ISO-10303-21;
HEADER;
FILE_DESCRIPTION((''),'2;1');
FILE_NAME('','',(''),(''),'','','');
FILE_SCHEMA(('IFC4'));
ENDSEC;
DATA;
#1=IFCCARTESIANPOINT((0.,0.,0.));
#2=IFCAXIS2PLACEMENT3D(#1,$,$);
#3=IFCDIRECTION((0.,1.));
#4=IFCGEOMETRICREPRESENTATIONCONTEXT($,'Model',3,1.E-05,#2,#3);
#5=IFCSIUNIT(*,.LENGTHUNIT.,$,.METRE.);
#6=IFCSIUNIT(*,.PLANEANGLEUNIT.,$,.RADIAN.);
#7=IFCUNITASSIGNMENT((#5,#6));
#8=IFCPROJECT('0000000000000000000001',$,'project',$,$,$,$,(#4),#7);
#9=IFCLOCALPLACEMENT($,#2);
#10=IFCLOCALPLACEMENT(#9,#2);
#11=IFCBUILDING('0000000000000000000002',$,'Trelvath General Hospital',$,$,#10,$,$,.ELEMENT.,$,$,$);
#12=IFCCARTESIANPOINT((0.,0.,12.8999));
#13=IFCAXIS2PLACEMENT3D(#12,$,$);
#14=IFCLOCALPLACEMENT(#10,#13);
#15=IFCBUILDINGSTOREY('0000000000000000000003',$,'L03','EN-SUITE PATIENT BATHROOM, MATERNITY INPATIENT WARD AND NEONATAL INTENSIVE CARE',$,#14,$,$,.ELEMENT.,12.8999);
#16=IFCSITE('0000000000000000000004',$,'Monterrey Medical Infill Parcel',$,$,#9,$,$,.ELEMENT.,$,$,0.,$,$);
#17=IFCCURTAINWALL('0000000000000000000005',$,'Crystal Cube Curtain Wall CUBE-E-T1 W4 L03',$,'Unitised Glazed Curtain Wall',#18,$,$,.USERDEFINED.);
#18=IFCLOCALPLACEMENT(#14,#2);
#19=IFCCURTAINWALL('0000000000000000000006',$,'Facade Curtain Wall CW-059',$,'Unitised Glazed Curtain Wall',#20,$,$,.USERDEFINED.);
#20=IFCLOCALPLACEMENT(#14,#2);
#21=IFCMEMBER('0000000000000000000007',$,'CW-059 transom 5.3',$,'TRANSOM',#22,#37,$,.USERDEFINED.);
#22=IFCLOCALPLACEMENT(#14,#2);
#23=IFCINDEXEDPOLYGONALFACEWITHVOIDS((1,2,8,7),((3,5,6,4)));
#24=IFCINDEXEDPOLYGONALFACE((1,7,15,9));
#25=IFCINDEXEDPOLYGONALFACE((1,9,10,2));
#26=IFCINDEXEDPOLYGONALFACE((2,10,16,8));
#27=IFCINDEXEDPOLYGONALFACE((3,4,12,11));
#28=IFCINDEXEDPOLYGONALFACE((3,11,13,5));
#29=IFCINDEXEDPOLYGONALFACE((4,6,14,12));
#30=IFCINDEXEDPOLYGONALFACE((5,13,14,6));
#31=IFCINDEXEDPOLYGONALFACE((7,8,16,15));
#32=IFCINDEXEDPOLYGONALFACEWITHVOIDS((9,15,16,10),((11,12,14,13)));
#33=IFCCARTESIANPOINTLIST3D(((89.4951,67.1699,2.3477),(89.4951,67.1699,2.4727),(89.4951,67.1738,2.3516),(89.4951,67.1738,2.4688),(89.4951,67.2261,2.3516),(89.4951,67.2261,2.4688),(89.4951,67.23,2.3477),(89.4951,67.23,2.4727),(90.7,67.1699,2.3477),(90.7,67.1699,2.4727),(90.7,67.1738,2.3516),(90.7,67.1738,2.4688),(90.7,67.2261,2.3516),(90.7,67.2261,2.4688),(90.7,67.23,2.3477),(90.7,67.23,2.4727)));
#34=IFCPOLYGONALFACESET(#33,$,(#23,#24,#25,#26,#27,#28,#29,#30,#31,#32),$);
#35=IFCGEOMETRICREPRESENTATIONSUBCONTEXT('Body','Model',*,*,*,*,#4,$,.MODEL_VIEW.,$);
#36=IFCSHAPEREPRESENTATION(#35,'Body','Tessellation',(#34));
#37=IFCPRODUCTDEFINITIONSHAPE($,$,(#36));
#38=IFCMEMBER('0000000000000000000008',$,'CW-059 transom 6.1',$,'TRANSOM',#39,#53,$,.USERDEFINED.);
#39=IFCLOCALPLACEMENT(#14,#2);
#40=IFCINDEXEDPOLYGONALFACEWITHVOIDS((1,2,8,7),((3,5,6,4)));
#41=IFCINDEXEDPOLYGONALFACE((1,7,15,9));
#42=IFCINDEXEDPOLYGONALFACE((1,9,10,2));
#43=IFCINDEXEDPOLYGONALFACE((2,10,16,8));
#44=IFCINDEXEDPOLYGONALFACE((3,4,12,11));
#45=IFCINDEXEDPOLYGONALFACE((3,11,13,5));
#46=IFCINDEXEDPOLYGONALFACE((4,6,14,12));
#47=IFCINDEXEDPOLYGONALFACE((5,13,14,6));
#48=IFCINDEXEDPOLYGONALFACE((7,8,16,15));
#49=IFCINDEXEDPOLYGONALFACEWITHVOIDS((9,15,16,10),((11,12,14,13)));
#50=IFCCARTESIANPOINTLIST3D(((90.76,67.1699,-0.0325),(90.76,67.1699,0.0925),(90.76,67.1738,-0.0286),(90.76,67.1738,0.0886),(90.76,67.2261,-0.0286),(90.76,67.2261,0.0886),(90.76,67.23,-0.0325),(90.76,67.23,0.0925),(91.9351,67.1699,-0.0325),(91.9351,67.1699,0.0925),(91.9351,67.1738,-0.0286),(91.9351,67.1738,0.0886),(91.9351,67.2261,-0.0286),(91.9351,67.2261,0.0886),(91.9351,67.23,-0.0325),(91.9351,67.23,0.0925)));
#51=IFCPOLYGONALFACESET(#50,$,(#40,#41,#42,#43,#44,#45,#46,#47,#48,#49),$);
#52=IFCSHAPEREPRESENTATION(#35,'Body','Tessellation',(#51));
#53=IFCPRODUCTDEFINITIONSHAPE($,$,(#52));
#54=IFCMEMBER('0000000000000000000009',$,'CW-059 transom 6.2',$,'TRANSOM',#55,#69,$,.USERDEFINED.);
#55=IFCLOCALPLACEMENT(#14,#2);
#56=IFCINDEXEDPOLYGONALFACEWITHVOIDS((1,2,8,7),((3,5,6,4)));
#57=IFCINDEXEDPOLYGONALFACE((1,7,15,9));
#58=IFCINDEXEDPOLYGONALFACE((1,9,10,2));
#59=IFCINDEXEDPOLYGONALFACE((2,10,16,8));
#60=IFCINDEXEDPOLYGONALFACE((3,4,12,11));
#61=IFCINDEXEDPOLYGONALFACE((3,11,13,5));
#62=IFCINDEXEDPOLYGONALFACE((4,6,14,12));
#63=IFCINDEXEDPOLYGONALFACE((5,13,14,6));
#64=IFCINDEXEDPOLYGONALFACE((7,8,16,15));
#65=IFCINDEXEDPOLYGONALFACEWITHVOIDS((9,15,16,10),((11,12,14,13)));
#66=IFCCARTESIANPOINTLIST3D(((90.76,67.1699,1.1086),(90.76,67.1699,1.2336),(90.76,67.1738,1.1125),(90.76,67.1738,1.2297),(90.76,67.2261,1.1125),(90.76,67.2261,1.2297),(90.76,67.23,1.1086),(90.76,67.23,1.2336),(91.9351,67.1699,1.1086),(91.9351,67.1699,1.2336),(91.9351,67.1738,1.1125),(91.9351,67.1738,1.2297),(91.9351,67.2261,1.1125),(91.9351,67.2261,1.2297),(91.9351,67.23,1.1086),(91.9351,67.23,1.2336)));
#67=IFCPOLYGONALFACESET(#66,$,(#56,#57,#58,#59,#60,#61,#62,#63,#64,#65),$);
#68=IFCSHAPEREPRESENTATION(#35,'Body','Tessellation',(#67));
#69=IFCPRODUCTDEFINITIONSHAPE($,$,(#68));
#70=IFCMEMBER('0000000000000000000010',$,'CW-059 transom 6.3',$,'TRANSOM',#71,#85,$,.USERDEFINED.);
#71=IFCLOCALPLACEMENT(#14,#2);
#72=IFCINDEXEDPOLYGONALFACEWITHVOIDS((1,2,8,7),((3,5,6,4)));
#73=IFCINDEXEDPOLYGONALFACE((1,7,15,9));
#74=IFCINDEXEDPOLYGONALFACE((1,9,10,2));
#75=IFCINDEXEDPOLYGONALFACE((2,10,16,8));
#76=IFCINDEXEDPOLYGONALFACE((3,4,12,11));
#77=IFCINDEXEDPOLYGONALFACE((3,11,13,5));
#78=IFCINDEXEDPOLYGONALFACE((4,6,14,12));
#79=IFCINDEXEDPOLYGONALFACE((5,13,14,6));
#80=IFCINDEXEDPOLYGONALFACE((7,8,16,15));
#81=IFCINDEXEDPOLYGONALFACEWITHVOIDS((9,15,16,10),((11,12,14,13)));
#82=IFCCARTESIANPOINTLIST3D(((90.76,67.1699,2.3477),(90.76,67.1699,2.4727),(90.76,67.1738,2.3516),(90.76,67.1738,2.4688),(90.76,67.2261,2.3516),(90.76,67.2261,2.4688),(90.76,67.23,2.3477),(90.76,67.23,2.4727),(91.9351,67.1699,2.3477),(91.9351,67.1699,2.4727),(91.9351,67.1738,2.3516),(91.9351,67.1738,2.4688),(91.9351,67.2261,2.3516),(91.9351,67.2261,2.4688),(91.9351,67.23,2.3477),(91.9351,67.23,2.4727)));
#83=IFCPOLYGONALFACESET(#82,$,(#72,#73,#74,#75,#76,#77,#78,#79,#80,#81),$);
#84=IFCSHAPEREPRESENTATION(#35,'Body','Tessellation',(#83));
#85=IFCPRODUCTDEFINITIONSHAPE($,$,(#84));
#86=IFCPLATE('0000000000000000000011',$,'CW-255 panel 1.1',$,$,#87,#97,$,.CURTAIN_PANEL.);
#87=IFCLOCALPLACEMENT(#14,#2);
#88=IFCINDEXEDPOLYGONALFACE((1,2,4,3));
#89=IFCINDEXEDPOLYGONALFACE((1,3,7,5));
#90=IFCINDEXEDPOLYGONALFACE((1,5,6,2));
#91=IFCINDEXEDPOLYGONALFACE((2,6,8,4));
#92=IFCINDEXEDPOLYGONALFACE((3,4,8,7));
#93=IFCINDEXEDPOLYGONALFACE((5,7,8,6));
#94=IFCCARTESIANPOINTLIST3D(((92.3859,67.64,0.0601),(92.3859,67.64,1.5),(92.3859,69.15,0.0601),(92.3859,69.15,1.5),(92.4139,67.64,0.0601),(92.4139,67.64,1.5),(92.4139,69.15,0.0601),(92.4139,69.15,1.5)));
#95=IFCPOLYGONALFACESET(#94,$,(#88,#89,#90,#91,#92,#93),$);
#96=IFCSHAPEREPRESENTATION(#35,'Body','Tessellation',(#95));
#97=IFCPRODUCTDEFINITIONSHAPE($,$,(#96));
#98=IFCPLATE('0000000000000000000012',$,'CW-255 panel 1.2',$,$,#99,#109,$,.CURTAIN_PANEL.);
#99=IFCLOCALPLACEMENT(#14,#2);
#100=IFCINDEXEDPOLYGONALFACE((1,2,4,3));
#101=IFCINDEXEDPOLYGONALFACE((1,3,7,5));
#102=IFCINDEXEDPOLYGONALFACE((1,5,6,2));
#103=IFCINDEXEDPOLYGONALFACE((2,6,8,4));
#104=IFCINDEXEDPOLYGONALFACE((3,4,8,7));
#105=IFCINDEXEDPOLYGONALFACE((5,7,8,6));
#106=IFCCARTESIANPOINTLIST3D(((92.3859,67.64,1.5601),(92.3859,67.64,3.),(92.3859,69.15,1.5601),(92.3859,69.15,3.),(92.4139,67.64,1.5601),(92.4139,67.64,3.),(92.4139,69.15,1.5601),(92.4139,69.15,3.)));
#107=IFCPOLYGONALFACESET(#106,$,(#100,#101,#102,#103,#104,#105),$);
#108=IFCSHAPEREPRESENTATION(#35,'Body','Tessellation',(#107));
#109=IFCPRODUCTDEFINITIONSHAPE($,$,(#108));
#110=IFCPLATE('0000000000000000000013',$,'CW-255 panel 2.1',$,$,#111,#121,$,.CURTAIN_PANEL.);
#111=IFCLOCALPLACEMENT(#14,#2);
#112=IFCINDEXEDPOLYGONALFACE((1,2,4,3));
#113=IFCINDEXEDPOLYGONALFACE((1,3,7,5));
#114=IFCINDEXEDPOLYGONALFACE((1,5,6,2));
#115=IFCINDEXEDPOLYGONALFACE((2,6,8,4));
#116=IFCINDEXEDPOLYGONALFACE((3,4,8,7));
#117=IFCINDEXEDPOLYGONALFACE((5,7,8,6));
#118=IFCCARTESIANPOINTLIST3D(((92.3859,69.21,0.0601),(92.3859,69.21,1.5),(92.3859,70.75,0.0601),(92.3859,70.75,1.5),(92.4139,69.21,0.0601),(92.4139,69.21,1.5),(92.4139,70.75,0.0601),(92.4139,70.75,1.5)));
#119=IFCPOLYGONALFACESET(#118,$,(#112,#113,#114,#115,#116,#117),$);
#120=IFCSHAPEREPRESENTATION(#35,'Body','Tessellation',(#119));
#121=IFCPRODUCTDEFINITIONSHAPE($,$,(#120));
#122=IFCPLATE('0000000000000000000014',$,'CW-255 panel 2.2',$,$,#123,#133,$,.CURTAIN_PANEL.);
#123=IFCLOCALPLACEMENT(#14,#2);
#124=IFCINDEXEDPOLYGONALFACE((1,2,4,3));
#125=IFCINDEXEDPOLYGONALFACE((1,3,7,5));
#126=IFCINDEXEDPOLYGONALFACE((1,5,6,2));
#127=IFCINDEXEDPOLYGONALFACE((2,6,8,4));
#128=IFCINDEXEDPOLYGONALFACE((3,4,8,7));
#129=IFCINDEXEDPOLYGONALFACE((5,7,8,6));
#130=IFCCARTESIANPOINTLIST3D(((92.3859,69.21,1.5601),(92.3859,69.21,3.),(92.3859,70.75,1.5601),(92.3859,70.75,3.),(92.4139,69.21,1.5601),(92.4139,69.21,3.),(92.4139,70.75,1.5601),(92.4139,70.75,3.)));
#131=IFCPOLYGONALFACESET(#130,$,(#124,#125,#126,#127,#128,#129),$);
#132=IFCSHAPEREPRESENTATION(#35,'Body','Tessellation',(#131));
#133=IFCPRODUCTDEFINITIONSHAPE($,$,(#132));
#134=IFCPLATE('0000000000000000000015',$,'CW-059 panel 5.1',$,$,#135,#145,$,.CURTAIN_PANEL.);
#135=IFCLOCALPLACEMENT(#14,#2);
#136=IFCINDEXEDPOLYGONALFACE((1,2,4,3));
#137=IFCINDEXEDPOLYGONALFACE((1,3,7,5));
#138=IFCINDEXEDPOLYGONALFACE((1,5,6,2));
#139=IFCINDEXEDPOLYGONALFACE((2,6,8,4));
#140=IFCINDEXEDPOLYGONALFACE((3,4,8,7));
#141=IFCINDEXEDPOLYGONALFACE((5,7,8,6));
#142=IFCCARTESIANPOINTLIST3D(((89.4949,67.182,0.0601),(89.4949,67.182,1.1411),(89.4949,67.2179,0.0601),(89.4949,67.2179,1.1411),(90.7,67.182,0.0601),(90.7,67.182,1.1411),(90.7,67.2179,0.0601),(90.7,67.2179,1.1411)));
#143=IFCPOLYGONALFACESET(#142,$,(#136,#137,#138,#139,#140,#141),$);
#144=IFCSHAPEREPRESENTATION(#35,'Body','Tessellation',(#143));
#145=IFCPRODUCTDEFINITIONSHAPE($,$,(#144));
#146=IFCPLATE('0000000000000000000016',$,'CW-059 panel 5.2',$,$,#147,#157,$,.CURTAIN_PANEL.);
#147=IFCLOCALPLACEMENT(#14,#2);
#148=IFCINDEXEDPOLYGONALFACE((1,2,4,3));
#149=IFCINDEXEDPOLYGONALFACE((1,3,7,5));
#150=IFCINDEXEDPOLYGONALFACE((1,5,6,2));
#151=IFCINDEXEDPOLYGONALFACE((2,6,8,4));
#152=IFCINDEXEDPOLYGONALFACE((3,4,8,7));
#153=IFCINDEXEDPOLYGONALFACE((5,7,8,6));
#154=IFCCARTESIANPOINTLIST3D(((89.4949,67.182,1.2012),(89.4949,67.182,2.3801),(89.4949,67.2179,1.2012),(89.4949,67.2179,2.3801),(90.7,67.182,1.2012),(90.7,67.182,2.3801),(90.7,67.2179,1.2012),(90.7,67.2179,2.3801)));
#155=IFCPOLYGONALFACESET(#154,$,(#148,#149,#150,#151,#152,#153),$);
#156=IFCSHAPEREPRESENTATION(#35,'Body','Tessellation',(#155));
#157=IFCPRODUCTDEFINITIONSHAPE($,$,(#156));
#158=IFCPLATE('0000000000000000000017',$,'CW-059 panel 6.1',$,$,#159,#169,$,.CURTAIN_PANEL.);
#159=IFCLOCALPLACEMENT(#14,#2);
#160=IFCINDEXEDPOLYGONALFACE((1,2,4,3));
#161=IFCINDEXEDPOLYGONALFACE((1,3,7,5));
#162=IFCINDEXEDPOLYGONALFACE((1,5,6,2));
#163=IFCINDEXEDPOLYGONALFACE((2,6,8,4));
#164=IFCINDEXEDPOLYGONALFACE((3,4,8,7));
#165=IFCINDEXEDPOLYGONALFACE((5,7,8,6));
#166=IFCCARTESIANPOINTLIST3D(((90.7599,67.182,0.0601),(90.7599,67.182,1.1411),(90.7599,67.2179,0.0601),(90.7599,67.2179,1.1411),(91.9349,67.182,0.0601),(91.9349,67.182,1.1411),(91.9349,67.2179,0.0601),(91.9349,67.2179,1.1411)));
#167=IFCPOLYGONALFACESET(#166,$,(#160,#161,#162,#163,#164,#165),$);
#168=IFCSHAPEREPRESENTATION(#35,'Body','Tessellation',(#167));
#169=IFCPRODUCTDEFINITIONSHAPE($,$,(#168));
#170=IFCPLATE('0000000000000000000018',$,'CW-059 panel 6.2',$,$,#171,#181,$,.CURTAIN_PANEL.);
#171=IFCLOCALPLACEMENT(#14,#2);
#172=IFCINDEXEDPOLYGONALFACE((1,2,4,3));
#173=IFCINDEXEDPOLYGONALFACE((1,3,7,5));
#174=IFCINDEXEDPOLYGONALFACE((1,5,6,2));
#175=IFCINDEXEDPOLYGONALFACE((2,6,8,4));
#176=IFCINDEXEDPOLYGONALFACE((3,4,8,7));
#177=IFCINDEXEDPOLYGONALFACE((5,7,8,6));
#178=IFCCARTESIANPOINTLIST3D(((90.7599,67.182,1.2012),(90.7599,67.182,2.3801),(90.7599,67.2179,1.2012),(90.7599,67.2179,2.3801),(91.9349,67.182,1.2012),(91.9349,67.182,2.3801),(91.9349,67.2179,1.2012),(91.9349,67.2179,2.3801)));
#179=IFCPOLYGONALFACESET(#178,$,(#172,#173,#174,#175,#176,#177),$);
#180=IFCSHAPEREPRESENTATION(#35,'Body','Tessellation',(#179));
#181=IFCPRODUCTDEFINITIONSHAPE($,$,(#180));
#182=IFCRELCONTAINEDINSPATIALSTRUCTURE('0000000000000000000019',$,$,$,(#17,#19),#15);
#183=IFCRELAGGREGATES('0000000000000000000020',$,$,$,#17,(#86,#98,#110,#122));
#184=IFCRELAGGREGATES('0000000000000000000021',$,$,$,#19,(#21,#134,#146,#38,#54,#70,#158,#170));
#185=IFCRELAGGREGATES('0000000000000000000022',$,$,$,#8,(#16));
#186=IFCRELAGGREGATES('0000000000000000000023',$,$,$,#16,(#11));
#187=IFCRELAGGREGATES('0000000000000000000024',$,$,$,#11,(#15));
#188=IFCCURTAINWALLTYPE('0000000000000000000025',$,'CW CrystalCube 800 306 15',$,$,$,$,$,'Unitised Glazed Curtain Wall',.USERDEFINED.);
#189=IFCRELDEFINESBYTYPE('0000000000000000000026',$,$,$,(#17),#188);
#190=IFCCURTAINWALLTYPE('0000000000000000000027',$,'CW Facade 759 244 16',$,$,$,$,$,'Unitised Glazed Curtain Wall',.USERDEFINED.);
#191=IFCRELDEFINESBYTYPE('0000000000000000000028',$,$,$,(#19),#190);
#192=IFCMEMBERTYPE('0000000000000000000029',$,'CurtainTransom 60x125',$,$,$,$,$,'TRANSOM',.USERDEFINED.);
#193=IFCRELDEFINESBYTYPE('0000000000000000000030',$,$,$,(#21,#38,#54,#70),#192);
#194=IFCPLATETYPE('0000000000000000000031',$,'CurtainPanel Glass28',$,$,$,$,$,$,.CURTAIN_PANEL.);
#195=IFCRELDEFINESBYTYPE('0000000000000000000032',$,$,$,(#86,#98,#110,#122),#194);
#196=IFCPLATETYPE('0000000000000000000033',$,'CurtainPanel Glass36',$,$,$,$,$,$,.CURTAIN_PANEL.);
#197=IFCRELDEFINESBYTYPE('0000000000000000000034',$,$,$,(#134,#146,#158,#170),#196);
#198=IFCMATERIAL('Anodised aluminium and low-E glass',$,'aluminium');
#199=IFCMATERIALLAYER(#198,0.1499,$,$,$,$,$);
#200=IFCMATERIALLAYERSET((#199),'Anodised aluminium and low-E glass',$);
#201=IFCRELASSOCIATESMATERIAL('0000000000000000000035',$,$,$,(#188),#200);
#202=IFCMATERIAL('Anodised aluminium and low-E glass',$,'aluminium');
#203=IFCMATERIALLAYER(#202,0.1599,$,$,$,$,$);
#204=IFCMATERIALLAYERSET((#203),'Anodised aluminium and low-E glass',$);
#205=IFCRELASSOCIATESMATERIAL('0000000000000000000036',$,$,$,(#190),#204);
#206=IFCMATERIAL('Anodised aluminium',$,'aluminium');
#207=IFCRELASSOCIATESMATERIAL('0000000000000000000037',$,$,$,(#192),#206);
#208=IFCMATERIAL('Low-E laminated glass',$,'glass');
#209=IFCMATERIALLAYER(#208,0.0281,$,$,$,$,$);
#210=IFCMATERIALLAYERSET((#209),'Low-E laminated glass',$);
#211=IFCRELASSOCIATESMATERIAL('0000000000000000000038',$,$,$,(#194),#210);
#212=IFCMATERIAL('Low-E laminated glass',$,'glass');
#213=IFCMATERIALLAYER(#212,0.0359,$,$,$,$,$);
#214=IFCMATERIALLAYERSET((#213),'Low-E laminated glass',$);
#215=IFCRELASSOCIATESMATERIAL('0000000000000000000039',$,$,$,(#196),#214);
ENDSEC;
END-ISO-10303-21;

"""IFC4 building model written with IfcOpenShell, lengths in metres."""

from ifc_helpers import new_model, si_unit, direction, frame, origin, origin_2d, place, context, subcontext, project, spatial, rectangle, hollow_rectangle, extrude, material, layer, layer_set, material_profile, profile_set, type_object, element, aggregate, save


model = new_model("IFC4")

# Units and contexts
model_context = context("Model", 3, precision=1e-05, world=origin(), true_north=direction((0.0, 1.0)))
body_context = subcontext(model_context, "Body", "Model", "MODEL_VIEW")
ifc_project = project(units=[si_unit("LENGTHUNIT", "METRE"), si_unit("PLANEANGLEUNIT", "RADIAN")], contexts=[model_context])

# Site, building, storey
site_placement = place(None, origin())
site = spatial("IfcSite", under=ifc_project, at=site_placement, Name="Monterrey Medical Infill Parcel", CompositionType="ELEMENT", RefElevation=0.0)
building_placement = place(site_placement, origin())
building = spatial("IfcBuilding", under=site, at=building_placement, Name="Trelvath General Hospital", CompositionType="ELEMENT")
storey_placement = place(building_placement, frame((0.0, 0.0, 12.8999)))
storey = spatial("IfcBuildingStorey", under=building, at=storey_placement, Name="L03", Description="EN-SUITE PATIENT BATHROOM, MATERNITY INPATIENT WARD AND NEONATAL INTENSIVE CARE", CompositionType="ELEMENT", Elevation=12.8999)

# Curtain walls
ifc_material_1 = material(Name="Anodised aluminium and low-E glass", Category="aluminium")
ifc_layer_1 = layer(ifc_material_1, 0.1499)
ifc_layer_set_1 = layer_set([ifc_layer_1], Name="Anodised aluminium and low-E glass")
curtain_wall_type_1 = type_object("IfcCurtainWallType", Name="CW CrystalCube 800 306 15", ElementType="Unitised Glazed Curtain Wall", PredefinedType="USERDEFINED", material=ifc_layer_set_1)
curtain_wall_1_placement = place(storey_placement, origin())
curtain_wall_1 = element("IfcCurtainWall", 1, at=curtain_wall_1_placement, inside=storey, type_object=curtain_wall_type_1, Name="Crystal Cube Curtain Wall CUBE-E-T1 W4 L03", ObjectType="Unitised Glazed Curtain Wall", PredefinedType="USERDEFINED")
ifc_material_2 = material(Name="Anodised aluminium and low-E glass", Category="aluminium")
ifc_layer_2 = layer(ifc_material_2, 0.1599)
ifc_layer_set_2 = layer_set([ifc_layer_2], Name="Anodised aluminium and low-E glass")
curtain_wall_type_2 = type_object("IfcCurtainWallType", Name="CW Facade 759 244 16", ElementType="Unitised Glazed Curtain Wall", PredefinedType="USERDEFINED", material=ifc_layer_set_2)
curtain_wall_2_placement = place(storey_placement, origin())
curtain_wall_2 = element("IfcCurtainWall", 2, at=curtain_wall_2_placement, inside=storey, type_object=curtain_wall_type_2, Name="Facade Curtain Wall CW-059", ObjectType="Unitised Glazed Curtain Wall", PredefinedType="USERDEFINED")

# Members
ifc_material_3 = material(Name="Anodised aluminium", Category="aluminium")
ifc_material_profile_1 = material_profile(ifc_material_3, hollow_rectangle(XDim=0.0601, YDim=0.125, WallThickness=0.0039, at=origin_2d()), Name="RHS60x125x4")
ifc_profile_set_1 = profile_set([ifc_material_profile_1], Name="Anodised aluminium")
member_type_1 = type_object("IfcMemberType", Name="CurtainTransom 60x125", ElementType="TRANSOM", PredefinedType="USERDEFINED", material=ifc_profile_set_1)
member_1_placement = place(storey_placement, frame((89.4951, 67.2, 2.4102), z_axis=(1.0, 0.0, 0.0), x_axis=(0.0, 1.0, 0.0)))
member_1 = element("IfcMember", 3, at=member_1_placement, type_object=member_type_1, Name="CW-059 transom 5.3", ObjectType="TRANSOM", PredefinedType="USERDEFINED", context=body_context, shape_type="SweptSolid", body=[
    extrude(hollow_rectangle(XDim=0.0601, YDim=0.125, WallThickness=0.0039, at=origin_2d()), origin(), (0.0, 0.0, 1.0), 1.2048),
])
member_2_placement = place(storey_placement, frame((90.76, 67.2, 0.03), z_axis=(1.0, 0.0, 0.0), x_axis=(0.0, 1.0, 0.0)))
member_2 = element("IfcMember", 4, at=member_2_placement, type_object=member_type_1, Name="CW-059 transom 6.1", ObjectType="TRANSOM", PredefinedType="USERDEFINED", context=body_context, shape_type="SweptSolid", body=[
    extrude(hollow_rectangle(XDim=0.0601, YDim=0.125, WallThickness=0.0039, at=origin_2d()), origin(), (0.0, 0.0, 1.0), 1.175),
])
member_3_placement = place(storey_placement, frame((90.76, 67.2, 1.1711), z_axis=(1.0, 0.0, 0.0), x_axis=(0.0, 1.0, 0.0)))
member_3 = element("IfcMember", 5, at=member_3_placement, type_object=member_type_1, Name="CW-059 transom 6.2", ObjectType="TRANSOM", PredefinedType="USERDEFINED", context=body_context, shape_type="SweptSolid", body=[
    extrude(hollow_rectangle(XDim=0.0601, YDim=0.125, WallThickness=0.0039, at=origin_2d()), origin(), (0.0, 0.0, 1.0), 1.175),
])
member_4_placement = place(storey_placement, frame((90.76, 67.2, 2.4102), z_axis=(1.0, 0.0, 0.0), x_axis=(0.0, 1.0, 0.0)))
member_4 = element("IfcMember", 6, at=member_4_placement, type_object=member_type_1, Name="CW-059 transom 6.3", ObjectType="TRANSOM", PredefinedType="USERDEFINED", context=body_context, shape_type="SweptSolid", body=[
    extrude(hollow_rectangle(XDim=0.0601, YDim=0.125, WallThickness=0.0039, at=origin_2d()), origin(), (0.0, 0.0, 1.0), 1.175),
])

# Plates
ifc_material_4 = material(Name="Low-E laminated glass", Category="glass")
ifc_layer_3 = layer(ifc_material_4, 0.0281)
ifc_layer_set_3 = layer_set([ifc_layer_3], Name="Low-E laminated glass")
plate_type_1 = type_object("IfcPlateType", Name="CurtainPanel Glass28", PredefinedType="CURTAIN_PANEL", material=ifc_layer_set_3)
plate_1_placement = place(storey_placement, frame((92.3999, 68.395, 0.0601), z_axis=(0.0, 0.0, 1.0), x_axis=(0.0, 1.0, 0.0)))
plate_1 = element("IfcPlate", 7, at=plate_1_placement, type_object=plate_type_1, Name="CW-255 panel 1.1", PredefinedType="CURTAIN_PANEL", context=body_context, shape_type="SweptSolid", body=[
    extrude(rectangle(XDim=1.51, YDim=0.0281, at=origin_2d()), origin(), (0.0, 0.0, 1.0), 1.4399),
])
plate_2_placement = place(storey_placement, frame((92.3999, 68.395, 1.5601), z_axis=(0.0, 0.0, 1.0), x_axis=(0.0, 1.0, 0.0)))
plate_2 = element("IfcPlate", 8, at=plate_2_placement, type_object=plate_type_1, Name="CW-255 panel 1.2", PredefinedType="CURTAIN_PANEL", context=body_context, shape_type="SweptSolid", body=[
    extrude(rectangle(XDim=1.51, YDim=0.0281, at=origin_2d()), origin(), (0.0, 0.0, 1.0), 1.4399),
])
plate_3_placement = place(storey_placement, frame((92.3999, 69.98, 0.0601), z_axis=(0.0, 0.0, 1.0), x_axis=(0.0, 1.0, 0.0)))
plate_3 = element("IfcPlate", 9, at=plate_3_placement, type_object=plate_type_1, Name="CW-255 panel 2.1", PredefinedType="CURTAIN_PANEL", context=body_context, shape_type="SweptSolid", body=[
    extrude(rectangle(XDim=1.54, YDim=0.0281, at=origin_2d()), origin(), (0.0, 0.0, 1.0), 1.4399),
])
plate_4_placement = place(storey_placement, frame((92.3999, 69.98, 1.5601), z_axis=(0.0, 0.0, 1.0), x_axis=(0.0, 1.0, 0.0)))
plate_4 = element("IfcPlate", 10, at=plate_4_placement, type_object=plate_type_1, Name="CW-255 panel 2.2", PredefinedType="CURTAIN_PANEL", context=body_context, shape_type="SweptSolid", body=[
    extrude(rectangle(XDim=1.54, YDim=0.0281, at=origin_2d()), origin(), (0.0, 0.0, 1.0), 1.4399),
])
aggregate(curtain_wall_1, [plate_1, plate_2, plate_3, plate_4])
ifc_material_5 = material(Name="Low-E laminated glass", Category="glass")
ifc_layer_4 = layer(ifc_material_5, 0.0359)
ifc_layer_set_4 = layer_set([ifc_layer_4], Name="Low-E laminated glass")
plate_type_2 = type_object("IfcPlateType", Name="CurtainPanel Glass36", PredefinedType="CURTAIN_PANEL", material=ifc_layer_set_4)
plate_5_placement = place(storey_placement, frame((90.0974, 67.2, 0.0601), z_axis=(0.0, 0.0, 1.0), x_axis=(1.0, 0.0, 0.0)))
plate_5 = element("IfcPlate", 11, at=plate_5_placement, type_object=plate_type_2, Name="CW-059 panel 5.1", PredefinedType="CURTAIN_PANEL", context=body_context, shape_type="SweptSolid", body=[
    extrude(rectangle(XDim=1.2051, YDim=0.0359, at=origin_2d()), origin(), (0.0, 0.0, 1.0), 1.0811),
])
plate_6_placement = place(storey_placement, frame((90.0974, 67.2, 1.2012), z_axis=(0.0, 0.0, 1.0), x_axis=(1.0, 0.0, 0.0)))
plate_6 = element("IfcPlate", 12, at=plate_6_placement, type_object=plate_type_2, Name="CW-059 panel 5.2", PredefinedType="CURTAIN_PANEL", context=body_context, shape_type="SweptSolid", body=[
    extrude(rectangle(XDim=1.2051, YDim=0.0359, at=origin_2d()), origin(), (0.0, 0.0, 1.0), 1.179),
])
plate_7_placement = place(storey_placement, frame((91.3474, 67.2, 0.0601), z_axis=(0.0, 0.0, 1.0), x_axis=(1.0, 0.0, 0.0)))
plate_7 = element("IfcPlate", 13, at=plate_7_placement, type_object=plate_type_2, Name="CW-059 panel 6.1", PredefinedType="CURTAIN_PANEL", context=body_context, shape_type="SweptSolid", body=[
    extrude(rectangle(XDim=1.175, YDim=0.0359, at=origin_2d()), origin(), (0.0, 0.0, 1.0), 1.0811),
])
plate_8_placement = place(storey_placement, frame((91.3474, 67.2, 1.2012), z_axis=(0.0, 0.0, 1.0), x_axis=(1.0, 0.0, 0.0)))
plate_8 = element("IfcPlate", 14, at=plate_8_placement, type_object=plate_type_2, Name="CW-059 panel 6.2", PredefinedType="CURTAIN_PANEL", context=body_context, shape_type="SweptSolid", body=[
    extrude(rectangle(XDim=1.175, YDim=0.0359, at=origin_2d()), origin(), (0.0, 0.0, 1.0), 1.179),
])
aggregate(curtain_wall_2, [member_1, plate_5, plate_6, member_2, member_3, member_4, plate_7, plate_8])

save(model, "model.ifc")
